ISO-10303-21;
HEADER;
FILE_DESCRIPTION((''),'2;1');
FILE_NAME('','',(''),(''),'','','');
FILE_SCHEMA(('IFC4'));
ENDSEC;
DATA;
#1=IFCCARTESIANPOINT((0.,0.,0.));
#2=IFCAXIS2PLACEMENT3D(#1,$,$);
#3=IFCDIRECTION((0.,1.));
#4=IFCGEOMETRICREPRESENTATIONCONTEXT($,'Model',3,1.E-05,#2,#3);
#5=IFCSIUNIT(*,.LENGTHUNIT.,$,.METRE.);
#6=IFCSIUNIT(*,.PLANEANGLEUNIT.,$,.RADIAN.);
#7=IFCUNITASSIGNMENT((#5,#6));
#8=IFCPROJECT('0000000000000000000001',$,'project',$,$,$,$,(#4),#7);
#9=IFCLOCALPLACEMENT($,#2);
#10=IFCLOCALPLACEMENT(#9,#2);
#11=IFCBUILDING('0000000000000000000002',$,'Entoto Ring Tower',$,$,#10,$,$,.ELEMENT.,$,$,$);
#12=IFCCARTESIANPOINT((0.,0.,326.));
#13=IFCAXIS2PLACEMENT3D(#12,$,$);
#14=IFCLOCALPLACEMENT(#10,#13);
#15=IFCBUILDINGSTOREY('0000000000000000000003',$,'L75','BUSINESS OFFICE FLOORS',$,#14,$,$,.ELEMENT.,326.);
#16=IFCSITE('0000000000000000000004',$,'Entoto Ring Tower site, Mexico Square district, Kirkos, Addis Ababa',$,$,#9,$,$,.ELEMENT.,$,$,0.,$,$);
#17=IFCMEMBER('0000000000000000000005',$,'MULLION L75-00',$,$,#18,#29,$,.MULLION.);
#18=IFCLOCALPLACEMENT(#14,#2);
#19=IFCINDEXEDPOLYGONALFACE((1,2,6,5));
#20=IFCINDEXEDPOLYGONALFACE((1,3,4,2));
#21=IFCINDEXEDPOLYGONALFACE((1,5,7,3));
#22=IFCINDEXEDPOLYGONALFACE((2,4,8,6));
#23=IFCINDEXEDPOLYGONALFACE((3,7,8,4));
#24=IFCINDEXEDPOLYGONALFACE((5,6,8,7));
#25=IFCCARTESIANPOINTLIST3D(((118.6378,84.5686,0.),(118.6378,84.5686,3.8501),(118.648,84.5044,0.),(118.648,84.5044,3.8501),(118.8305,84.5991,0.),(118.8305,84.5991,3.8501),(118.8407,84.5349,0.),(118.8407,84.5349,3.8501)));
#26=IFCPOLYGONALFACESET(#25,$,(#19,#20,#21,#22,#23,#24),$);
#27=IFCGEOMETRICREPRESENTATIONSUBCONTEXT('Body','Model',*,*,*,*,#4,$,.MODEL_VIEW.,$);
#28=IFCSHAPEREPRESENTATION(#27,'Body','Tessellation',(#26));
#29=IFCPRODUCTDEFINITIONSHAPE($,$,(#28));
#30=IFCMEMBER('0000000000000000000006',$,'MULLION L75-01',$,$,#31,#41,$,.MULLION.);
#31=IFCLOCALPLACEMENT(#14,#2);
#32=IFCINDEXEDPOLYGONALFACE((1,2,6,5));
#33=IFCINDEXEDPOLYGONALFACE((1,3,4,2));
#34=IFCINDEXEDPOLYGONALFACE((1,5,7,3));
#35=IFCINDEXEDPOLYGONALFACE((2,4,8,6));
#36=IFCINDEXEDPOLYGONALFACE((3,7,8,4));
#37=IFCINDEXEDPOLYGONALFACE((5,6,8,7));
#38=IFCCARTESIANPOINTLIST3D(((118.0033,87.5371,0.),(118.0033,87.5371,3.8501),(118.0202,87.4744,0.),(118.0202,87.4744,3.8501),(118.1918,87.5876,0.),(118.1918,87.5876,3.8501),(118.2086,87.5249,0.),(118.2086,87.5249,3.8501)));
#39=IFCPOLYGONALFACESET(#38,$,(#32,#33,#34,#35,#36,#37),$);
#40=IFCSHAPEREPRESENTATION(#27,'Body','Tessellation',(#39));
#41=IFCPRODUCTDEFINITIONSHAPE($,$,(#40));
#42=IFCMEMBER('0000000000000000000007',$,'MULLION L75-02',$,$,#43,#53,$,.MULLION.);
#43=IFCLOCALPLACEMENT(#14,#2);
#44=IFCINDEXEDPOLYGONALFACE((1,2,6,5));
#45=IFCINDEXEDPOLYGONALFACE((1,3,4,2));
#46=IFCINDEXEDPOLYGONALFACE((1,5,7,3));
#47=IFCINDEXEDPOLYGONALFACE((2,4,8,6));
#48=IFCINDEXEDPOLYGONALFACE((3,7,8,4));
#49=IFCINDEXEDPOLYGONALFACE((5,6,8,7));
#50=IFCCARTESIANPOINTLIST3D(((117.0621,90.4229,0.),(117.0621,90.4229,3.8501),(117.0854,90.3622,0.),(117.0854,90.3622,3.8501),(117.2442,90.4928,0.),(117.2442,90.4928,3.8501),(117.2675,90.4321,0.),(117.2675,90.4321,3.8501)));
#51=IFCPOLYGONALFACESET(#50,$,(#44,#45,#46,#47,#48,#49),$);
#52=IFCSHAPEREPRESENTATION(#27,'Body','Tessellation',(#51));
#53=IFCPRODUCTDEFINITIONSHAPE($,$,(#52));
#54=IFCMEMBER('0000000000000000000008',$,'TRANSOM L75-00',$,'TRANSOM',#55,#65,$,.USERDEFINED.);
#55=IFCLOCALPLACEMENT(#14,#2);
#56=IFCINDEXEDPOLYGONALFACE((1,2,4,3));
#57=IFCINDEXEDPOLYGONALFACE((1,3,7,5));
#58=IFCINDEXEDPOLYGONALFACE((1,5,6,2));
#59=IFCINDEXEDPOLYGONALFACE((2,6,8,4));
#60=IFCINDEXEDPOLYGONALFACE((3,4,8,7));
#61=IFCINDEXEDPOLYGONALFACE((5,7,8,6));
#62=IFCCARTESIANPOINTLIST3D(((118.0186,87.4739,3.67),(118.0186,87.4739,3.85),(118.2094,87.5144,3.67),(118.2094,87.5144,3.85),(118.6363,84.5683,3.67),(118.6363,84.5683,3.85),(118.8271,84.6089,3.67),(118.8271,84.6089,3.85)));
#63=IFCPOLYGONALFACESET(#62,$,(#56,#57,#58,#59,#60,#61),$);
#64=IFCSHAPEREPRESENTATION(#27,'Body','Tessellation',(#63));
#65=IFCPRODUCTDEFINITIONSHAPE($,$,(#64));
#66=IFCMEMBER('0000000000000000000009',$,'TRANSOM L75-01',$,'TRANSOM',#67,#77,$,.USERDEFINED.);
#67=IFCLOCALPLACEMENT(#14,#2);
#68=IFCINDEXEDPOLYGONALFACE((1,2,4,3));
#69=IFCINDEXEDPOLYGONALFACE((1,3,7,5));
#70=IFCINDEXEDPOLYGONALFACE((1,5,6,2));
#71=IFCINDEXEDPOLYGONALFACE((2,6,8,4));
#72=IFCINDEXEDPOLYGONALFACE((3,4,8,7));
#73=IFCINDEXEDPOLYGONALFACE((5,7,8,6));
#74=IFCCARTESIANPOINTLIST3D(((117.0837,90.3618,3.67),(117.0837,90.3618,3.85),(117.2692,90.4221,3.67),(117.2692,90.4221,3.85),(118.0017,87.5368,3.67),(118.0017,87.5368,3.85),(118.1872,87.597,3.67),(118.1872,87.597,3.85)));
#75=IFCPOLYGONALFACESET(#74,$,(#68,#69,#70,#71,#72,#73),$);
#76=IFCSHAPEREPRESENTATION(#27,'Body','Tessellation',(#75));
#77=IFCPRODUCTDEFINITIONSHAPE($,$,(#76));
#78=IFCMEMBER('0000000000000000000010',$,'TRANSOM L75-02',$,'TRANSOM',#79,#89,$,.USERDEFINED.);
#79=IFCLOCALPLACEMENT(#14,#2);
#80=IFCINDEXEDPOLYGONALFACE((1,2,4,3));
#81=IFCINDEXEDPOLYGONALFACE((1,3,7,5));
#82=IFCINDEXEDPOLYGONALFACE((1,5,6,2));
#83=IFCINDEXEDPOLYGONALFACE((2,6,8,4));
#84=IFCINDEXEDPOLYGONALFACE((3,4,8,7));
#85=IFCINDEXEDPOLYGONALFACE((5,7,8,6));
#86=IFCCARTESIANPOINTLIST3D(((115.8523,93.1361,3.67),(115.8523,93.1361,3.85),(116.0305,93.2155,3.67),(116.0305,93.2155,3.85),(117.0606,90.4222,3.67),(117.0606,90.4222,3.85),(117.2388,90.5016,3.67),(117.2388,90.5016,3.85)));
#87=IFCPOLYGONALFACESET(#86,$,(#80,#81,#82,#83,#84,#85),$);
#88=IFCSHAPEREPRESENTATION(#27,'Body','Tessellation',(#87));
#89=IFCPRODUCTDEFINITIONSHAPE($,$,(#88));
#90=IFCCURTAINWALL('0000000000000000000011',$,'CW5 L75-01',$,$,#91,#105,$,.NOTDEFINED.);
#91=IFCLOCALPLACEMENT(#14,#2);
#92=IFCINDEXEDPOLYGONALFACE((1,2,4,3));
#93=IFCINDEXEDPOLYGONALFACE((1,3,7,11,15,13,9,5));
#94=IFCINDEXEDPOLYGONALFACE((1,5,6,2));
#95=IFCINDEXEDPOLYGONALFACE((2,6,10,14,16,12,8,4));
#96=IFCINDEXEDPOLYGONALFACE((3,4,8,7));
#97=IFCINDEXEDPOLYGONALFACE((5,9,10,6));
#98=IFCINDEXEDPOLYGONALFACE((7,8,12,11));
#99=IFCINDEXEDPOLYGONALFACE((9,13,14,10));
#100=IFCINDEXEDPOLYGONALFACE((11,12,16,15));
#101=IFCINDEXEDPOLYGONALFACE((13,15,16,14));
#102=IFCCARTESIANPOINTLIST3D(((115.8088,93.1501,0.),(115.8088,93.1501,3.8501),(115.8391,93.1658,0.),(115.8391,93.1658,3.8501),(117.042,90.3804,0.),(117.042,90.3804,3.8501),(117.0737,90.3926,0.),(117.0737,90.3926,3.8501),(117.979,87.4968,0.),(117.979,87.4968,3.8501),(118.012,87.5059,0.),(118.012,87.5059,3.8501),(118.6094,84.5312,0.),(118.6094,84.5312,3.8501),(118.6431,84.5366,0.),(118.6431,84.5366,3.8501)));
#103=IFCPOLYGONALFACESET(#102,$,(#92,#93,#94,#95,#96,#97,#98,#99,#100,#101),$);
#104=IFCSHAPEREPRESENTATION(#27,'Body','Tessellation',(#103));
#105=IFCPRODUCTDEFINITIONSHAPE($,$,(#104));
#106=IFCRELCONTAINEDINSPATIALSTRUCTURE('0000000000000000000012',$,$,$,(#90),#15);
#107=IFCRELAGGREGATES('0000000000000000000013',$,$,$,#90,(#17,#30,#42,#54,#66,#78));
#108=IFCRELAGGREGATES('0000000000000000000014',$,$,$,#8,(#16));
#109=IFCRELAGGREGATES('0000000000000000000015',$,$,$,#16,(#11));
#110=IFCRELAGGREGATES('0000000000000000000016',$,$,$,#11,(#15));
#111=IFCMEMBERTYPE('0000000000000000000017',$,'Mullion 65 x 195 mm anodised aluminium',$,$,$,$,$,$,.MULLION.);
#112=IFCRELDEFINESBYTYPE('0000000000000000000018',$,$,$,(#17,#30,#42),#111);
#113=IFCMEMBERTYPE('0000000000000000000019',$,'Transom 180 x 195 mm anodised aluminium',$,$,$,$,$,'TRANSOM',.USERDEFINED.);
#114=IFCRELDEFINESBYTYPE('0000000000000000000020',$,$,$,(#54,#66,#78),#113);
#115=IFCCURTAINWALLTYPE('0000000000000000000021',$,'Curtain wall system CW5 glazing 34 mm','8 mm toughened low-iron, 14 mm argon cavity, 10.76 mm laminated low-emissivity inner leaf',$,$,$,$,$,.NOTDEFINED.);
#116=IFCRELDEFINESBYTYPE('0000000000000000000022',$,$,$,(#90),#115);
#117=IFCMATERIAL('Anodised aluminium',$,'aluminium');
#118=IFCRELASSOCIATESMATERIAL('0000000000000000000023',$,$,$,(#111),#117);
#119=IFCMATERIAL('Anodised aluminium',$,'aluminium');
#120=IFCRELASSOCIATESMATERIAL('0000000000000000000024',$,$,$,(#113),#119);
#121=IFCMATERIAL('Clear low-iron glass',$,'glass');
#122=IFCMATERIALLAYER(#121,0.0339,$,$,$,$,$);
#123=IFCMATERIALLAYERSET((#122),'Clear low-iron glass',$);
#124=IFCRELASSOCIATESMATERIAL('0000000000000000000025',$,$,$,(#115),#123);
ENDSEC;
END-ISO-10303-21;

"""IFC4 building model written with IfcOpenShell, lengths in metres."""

from ifc_helpers import new_model, si_unit, direction, frame, origin, origin_2d, place, context, subcontext, project, spatial, polyline, rectangle, outline, extrude, material, layer, layer_set, material_profile, profile_set, type_object, element, aggregate, save


model = new_model("IFC4")

# Units and contexts
model_context = context("Model", 3, precision=1e-05, world=origin(), true_north=direction((0.0, 1.0)))
body_context = subcontext(model_context, "Body", "Model", "MODEL_VIEW")
ifc_project = project(units=[si_unit("LENGTHUNIT", "METRE"), si_unit("PLANEANGLEUNIT", "RADIAN")], contexts=[model_context])

# Members
ifc_material_1 = material(Name="Anodised aluminium", Category="aluminium")
ifc_material_profile_1 = material_profile(ifc_material_1, rectangle(XDim=0.0649, YDim=0.1951, at=origin_2d()), Name="Mullion 65 x 195 mm anodised aluminium")
ifc_profile_set_1 = profile_set([ifc_material_profile_1], Name="Anodised aluminium")
member_type_1 = type_object("IfcMemberType", Name="Mullion 65 x 195 mm anodised aluminium", PredefinedType="MULLION", material=ifc_profile_set_1)
site_placement = place(None, origin())
building_placement = place(site_placement, origin())
storey_placement = place(building_placement, frame((0.0, 0.0, 326.0)))
member_1_placement = place(storey_placement, frame((118.7393, 84.5518, 0.0), z_axis=(0.0, 0.0, 1.0), x_axis=(-0.156434, 0.987688, 0.0)))
member_1 = element("IfcMember", 1, at=member_1_placement, type_object=member_type_1, Name="MULLION L75-00", PredefinedType="MULLION", context=body_context, shape_type="SweptSolid", body=[
    extrude(rectangle(XDim=0.0649, YDim=0.1951, at=origin_2d()), origin(), (0.0, 0.0, 1.0), 3.8501),
])
member_2_placement = place(storey_placement, frame((118.106, 87.531, 0.0), z_axis=(0.0, 0.0, 1.0), x_axis=(-0.258819, 0.965926, 0.0)))
member_2 = element("IfcMember", 2, at=member_2_placement, type_object=member_type_1, Name="MULLION L75-01", PredefinedType="MULLION", context=body_context, shape_type="SweptSolid", body=[
    extrude(rectangle(XDim=0.0649, YDim=0.1951, at=origin_2d()), origin(), (0.0, 0.0, 1.0), 3.8501),
])
member_3_placement = place(storey_placement, frame((117.1648, 90.4275, 0.0), z_axis=(0.0, 0.0, 1.0), x_axis=(-0.358368, 0.93358, 0.0)))
member_3 = element("IfcMember", 3, at=member_3_placement, type_object=member_type_1, Name="MULLION L75-02", PredefinedType="MULLION", context=body_context, shape_type="SweptSolid", body=[
    extrude(rectangle(XDim=0.0649, YDim=0.1951, at=origin_2d()), origin(), (0.0, 0.0, 1.0), 3.8501),
])
ifc_material_2 = material(Name="Anodised aluminium", Category="aluminium")
ifc_material_profile_2 = material_profile(ifc_material_2, rectangle(XDim=0.1951, YDim=0.1799, at=origin_2d()), Name="Transom 180 x 195 mm anodised aluminium")
ifc_profile_set_2 = profile_set([ifc_material_profile_2], Name="Anodised aluminium")
member_type_2 = type_object("IfcMemberType", Name="Transom 180 x 195 mm anodised aluminium", ElementType="TRANSOM", PredefinedType="USERDEFINED", material=ifc_profile_set_2)
member_4_placement = place(storey_placement, frame((118.7317, 84.5886, 3.76), z_axis=(-0.20794, 0.978142, 0.0), x_axis=(-0.978142, -0.20794, 0.0)))
member_4 = element("IfcMember", 4, at=member_4_placement, type_object=member_type_2, Name="TRANSOM L75-00", ObjectType="TRANSOM", PredefinedType="USERDEFINED", context=body_context, shape_type="SweptSolid", body=[
    extrude(rectangle(XDim=0.1951, YDim=0.1799, at=origin_2d()), origin(), (0.0, 0.0, 1.0), 2.9705),
])
member_5_placement = place(storey_placement, frame((118.0945, 87.5669, 3.76), z_axis=(-0.309043, 0.951048, 0.0), x_axis=(-0.951048, -0.309043, 0.0)))
member_5 = element("IfcMember", 5, at=member_5_placement, type_object=member_type_2, Name="TRANSOM L75-01", ObjectType="TRANSOM", PredefinedType="USERDEFINED", context=body_context, shape_type="SweptSolid", body=[
    extrude(rectangle(XDim=0.1951, YDim=0.1799, at=origin_2d()), origin(), (0.0, 0.0, 1.0), 2.9705),
])
member_6_placement = place(storey_placement, frame((117.1497, 90.4619, 3.76), z_axis=(-0.406726, 0.91355, 0.0), x_axis=(-0.91355, -0.406726, 0.0)))
member_6 = element("IfcMember", 6, at=member_6_placement, type_object=member_type_2, Name="TRANSOM L75-02", ObjectType="TRANSOM", PredefinedType="USERDEFINED", context=body_context, shape_type="SweptSolid", body=[
    extrude(rectangle(XDim=0.1951, YDim=0.1799, at=origin_2d()), origin(), (0.0, 0.0, 1.0), 2.9707),
])

# Site, building, storey
site = spatial("IfcSite", under=ifc_project, at=site_placement, Name="Entoto Ring Tower site, Mexico Square district, Kirkos, Addis Ababa", CompositionType="ELEMENT", RefElevation=0.0)
building = spatial("IfcBuilding", under=site, at=building_placement, Name="Entoto Ring Tower", CompositionType="ELEMENT")
storey = spatial("IfcBuildingStorey", under=building, at=storey_placement, Name="L75", Description="BUSINESS OFFICE FLOORS", CompositionType="ELEMENT", Elevation=326.0)

# Curtain wall
ifc_material_3 = material(Name="Clear low-iron glass", Category="glass")
ifc_layer_1 = layer(ifc_material_3, 0.0339)
ifc_layer_set_1 = layer_set([ifc_layer_1], Name="Clear low-iron glass")
curtain_wall_type = type_object("IfcCurtainWallType", Name="Curtain wall system CW5 glazing 34 mm", Description="8 mm toughened low-iron, 14 mm argon cavity, 10.76 mm laminated low-emissivity inner leaf", PredefinedType="NOTDEFINED", material=ifc_layer_set_1)
curtain_wall_1_placement = place(storey_placement, origin())
curtain_wall_1 = element("IfcCurtainWall", 7, at=curtain_wall_1_placement, inside=storey, type_object=curtain_wall_type, Name="CW5 L75-01", PredefinedType="NOTDEFINED", context=body_context, shape_type="SweptSolid", body=[
    extrude(outline(polyline([(118.6431, 84.5366), (118.012, 87.5059), (117.0737, 90.3926), (115.8391, 93.1658), (115.8088, 93.1501), (117.042, 90.3804), (117.979, 87.4968), (118.6094, 84.5312), (118.6431, 84.5366)])), origin(), (0.0, 0.0, 1.0), 3.8501),
])
aggregate(curtain_wall_1, [member_1, member_2, member_3, member_4, member_5, member_6])

save(model, "model.ifc")
